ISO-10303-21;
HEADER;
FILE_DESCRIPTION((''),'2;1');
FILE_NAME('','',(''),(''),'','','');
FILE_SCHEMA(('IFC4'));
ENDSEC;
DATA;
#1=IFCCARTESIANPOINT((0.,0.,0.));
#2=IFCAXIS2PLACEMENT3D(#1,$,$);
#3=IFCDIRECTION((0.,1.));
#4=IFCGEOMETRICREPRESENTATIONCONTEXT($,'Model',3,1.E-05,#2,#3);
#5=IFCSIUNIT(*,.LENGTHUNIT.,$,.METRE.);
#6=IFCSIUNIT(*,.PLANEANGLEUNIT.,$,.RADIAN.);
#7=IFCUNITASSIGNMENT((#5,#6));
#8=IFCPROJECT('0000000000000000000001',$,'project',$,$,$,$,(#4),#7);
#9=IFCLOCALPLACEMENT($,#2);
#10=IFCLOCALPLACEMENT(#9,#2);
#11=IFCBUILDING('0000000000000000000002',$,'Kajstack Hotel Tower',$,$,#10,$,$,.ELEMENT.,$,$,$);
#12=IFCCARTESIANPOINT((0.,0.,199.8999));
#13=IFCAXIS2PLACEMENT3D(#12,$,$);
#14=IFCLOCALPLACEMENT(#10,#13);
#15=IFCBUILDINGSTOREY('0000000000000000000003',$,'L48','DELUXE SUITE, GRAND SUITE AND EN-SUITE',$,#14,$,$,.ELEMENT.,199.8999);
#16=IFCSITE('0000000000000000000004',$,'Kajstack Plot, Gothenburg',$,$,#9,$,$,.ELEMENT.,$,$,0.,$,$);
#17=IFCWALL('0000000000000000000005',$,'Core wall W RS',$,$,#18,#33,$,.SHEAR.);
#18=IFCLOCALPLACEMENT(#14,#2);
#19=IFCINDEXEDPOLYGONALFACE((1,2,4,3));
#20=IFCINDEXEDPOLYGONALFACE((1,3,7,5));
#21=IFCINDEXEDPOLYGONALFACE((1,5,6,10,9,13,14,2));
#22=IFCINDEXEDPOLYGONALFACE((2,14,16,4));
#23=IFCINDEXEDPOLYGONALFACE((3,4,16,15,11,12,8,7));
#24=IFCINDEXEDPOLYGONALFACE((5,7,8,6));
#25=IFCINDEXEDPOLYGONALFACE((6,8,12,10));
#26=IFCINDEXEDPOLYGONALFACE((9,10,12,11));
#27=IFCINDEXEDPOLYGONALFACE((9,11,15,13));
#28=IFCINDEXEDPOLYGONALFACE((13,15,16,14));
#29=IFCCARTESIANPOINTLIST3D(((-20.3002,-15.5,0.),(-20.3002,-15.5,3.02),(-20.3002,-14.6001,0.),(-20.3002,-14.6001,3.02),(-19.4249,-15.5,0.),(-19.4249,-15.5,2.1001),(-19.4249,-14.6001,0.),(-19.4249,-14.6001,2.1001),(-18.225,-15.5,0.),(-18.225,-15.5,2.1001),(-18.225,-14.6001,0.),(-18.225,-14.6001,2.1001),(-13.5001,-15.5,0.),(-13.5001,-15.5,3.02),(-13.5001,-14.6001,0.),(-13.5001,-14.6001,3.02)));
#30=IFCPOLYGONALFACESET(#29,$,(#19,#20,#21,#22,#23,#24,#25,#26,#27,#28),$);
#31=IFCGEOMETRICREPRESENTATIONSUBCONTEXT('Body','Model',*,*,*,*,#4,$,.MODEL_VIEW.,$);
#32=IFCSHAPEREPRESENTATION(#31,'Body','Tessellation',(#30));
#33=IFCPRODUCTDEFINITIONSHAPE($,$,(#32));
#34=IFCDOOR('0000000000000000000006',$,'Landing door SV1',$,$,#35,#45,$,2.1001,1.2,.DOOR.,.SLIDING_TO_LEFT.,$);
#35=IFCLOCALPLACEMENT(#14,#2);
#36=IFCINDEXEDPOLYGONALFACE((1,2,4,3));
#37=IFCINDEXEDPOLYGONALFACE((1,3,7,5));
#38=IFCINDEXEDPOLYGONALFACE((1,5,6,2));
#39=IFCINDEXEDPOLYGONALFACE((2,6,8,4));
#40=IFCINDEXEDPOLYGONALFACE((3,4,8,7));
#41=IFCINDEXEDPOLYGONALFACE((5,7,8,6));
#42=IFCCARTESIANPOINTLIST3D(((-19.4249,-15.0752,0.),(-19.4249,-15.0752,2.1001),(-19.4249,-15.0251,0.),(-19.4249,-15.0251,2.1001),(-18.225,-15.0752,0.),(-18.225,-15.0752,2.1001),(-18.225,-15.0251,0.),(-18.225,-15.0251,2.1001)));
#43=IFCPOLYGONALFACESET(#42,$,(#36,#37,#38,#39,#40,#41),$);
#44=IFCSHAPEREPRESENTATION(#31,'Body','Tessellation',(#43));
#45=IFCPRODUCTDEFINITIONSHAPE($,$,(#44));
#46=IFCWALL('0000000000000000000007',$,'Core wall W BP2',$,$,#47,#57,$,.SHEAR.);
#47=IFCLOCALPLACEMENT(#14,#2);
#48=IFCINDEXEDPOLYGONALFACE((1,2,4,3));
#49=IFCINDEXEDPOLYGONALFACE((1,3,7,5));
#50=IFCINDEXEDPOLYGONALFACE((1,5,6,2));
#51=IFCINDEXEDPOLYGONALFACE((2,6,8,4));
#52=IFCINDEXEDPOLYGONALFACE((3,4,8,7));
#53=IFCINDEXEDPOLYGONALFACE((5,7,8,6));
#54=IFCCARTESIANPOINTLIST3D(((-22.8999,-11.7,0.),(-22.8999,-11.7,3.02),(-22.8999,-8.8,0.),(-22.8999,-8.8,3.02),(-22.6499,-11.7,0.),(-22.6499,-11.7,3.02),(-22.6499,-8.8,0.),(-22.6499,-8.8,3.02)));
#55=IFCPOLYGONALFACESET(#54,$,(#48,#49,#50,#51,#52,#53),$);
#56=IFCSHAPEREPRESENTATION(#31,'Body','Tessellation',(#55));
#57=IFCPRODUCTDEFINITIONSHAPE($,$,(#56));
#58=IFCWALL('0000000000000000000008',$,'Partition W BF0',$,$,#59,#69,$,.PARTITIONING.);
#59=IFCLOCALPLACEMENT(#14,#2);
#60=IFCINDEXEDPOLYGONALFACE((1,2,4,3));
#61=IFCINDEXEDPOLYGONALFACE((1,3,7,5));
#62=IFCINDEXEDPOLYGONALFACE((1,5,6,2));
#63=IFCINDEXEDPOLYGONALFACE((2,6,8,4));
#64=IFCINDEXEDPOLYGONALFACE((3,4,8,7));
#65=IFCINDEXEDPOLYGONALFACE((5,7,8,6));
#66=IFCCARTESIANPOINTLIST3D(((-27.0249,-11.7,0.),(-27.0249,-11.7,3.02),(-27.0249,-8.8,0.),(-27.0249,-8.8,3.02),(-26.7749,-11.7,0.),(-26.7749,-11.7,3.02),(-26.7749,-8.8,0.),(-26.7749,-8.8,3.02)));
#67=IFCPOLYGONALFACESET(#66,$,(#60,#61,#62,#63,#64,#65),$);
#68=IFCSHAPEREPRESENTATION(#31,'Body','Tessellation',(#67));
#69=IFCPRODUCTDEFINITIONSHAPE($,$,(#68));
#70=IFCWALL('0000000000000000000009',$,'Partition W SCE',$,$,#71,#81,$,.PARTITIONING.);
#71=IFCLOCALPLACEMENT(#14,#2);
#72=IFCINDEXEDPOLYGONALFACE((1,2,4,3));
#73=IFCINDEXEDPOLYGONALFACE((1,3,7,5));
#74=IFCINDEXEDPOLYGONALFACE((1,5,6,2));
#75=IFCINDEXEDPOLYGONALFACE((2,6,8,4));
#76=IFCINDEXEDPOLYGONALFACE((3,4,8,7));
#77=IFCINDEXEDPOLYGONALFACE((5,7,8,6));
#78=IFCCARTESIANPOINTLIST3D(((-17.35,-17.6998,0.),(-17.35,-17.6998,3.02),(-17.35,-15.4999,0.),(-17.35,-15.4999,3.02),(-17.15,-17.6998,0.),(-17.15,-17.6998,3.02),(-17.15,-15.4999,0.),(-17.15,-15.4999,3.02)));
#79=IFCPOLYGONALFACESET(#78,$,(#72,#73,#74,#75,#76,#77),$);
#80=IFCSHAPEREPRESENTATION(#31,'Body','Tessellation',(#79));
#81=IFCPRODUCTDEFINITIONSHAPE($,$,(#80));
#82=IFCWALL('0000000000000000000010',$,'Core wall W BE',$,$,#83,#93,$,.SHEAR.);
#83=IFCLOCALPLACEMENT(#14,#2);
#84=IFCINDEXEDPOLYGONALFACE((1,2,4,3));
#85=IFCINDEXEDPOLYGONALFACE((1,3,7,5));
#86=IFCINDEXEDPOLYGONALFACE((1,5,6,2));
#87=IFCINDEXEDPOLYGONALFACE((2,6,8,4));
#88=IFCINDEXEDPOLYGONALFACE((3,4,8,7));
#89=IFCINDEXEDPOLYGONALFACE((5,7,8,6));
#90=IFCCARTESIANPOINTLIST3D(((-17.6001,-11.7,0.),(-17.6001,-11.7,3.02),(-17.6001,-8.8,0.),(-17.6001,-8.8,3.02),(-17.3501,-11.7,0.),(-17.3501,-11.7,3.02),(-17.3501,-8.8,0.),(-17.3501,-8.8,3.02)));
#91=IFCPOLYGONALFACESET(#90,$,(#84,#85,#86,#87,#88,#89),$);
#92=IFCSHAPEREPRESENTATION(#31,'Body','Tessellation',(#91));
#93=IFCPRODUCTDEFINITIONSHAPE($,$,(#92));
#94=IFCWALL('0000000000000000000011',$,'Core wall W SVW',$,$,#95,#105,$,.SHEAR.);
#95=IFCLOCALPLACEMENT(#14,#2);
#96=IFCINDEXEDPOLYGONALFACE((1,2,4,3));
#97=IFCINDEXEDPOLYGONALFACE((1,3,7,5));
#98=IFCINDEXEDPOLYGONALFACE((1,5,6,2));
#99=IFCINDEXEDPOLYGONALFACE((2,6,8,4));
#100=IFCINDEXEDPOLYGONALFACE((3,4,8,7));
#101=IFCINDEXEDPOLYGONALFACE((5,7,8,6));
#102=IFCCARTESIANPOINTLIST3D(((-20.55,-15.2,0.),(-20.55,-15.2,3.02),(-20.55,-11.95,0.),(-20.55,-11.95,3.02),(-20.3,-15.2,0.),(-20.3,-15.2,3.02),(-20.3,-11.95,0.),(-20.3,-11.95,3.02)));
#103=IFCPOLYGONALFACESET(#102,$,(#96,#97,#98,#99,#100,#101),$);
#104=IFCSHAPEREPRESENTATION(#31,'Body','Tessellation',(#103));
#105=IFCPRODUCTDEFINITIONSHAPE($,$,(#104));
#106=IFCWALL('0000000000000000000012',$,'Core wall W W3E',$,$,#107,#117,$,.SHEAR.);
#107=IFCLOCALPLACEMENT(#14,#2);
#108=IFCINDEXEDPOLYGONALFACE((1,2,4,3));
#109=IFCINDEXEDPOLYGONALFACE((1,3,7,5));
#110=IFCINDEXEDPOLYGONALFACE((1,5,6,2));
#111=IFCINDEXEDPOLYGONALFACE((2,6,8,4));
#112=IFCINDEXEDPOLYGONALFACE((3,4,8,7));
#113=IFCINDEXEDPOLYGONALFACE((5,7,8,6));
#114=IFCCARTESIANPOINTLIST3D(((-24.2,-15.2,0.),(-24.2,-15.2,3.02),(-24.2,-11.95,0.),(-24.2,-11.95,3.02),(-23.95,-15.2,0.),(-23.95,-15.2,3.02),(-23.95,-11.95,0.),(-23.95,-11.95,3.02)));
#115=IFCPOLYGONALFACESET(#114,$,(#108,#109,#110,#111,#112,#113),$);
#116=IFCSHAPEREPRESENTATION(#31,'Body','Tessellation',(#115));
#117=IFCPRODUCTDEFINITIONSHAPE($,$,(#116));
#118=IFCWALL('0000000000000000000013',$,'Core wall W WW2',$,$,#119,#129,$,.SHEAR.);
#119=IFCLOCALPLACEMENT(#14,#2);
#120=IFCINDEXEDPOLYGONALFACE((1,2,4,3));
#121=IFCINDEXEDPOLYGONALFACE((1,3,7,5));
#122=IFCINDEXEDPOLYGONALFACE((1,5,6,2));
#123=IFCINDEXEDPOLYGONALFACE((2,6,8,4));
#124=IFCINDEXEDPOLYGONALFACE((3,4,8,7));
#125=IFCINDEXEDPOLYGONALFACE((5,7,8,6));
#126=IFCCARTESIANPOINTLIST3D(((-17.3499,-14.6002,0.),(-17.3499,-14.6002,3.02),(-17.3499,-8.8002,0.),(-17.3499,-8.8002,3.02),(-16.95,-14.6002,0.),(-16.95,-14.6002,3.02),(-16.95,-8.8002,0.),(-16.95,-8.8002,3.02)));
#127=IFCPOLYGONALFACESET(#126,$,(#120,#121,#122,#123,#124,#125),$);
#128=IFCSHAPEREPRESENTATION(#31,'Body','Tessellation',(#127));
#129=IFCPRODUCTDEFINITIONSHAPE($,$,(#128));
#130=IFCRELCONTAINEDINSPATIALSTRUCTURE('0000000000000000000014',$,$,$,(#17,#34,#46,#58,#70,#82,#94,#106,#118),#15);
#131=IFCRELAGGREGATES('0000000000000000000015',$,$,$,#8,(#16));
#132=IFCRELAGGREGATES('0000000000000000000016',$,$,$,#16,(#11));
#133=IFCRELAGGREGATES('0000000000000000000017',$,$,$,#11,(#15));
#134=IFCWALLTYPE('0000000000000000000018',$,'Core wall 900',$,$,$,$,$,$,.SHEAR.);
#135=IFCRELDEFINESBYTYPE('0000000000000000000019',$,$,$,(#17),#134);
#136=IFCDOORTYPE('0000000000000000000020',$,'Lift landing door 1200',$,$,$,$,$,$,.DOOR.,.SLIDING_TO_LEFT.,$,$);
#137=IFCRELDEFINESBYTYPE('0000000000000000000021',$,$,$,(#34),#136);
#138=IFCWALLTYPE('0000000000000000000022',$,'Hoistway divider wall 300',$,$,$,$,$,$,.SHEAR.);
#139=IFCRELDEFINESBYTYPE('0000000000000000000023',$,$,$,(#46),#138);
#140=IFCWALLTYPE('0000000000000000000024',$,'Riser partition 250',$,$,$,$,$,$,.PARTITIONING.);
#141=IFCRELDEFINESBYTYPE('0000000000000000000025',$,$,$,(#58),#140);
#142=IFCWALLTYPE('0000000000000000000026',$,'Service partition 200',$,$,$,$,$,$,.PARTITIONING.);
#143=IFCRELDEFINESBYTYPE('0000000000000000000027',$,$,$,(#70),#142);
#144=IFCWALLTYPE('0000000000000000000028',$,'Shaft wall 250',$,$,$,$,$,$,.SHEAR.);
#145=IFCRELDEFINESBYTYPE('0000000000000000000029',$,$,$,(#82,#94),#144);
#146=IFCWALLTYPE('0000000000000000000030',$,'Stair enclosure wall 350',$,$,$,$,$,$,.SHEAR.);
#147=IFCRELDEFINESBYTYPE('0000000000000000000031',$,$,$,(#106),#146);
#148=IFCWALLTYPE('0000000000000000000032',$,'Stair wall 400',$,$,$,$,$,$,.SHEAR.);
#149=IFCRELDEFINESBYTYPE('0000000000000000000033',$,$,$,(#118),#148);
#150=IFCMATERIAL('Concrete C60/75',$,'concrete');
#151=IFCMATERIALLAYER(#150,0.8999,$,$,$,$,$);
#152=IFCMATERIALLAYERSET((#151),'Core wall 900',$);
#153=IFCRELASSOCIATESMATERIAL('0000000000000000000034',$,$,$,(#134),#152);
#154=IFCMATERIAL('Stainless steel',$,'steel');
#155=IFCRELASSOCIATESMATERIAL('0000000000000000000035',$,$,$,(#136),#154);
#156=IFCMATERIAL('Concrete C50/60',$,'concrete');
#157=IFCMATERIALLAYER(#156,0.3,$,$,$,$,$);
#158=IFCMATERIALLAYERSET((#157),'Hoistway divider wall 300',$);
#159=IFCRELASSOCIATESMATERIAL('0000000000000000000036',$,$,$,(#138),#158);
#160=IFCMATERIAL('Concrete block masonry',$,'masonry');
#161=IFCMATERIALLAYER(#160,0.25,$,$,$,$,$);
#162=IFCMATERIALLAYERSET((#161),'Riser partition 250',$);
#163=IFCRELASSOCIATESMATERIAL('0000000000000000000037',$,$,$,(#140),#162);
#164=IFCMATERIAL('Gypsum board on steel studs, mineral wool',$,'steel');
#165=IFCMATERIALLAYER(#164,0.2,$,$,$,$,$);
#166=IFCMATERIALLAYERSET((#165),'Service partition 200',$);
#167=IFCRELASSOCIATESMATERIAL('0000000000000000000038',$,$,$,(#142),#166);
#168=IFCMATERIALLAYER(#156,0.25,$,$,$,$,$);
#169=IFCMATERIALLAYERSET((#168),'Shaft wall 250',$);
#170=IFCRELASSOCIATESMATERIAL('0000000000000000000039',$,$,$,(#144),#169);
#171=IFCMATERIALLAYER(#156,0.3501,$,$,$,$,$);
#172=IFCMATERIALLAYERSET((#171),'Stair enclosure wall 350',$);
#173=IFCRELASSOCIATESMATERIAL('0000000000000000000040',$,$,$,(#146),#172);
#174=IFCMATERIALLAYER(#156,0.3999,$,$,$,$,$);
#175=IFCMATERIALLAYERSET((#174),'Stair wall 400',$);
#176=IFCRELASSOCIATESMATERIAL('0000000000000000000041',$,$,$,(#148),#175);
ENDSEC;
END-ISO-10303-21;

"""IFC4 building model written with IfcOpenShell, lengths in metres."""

from ifc_helpers import new_model, si_unit, direction, frame, frame_2d, origin, place, context, subcontext, project, spatial, rectangle, extrude, material, layer, layer_set, type_object, element, fill, save


model = new_model("IFC4")

# Units and contexts
model_context = context("Model", 3, precision=1e-05, world=origin(), true_north=direction((0.0, 1.0)))
body_context = subcontext(model_context, "Body", "Model", "MODEL_VIEW")
ifc_project = project(units=[si_unit("LENGTHUNIT", "METRE"), si_unit("PLANEANGLEUNIT", "RADIAN")], contexts=[model_context])

# Site, building, storey
site_placement = place(None, origin())
site = spatial("IfcSite", under=ifc_project, at=site_placement, Name="Kajstack Plot, Gothenburg", CompositionType="ELEMENT", RefElevation=0.0)
building_placement = place(site_placement, origin())
building = spatial("IfcBuilding", under=site, at=building_placement, Name="Kajstack Hotel Tower", CompositionType="ELEMENT")
storey_placement = place(building_placement, frame((0.0, 0.0, 199.8999)))
storey = spatial("IfcBuildingStorey", under=building, at=storey_placement, Name="L48", Description="DELUXE SUITE, GRAND SUITE AND EN-SUITE", CompositionType="ELEMENT", Elevation=199.8999)

# Wall, opening, door
ifc_material_1 = material(Name="Concrete C60/75", Category="concrete")
ifc_layer_1 = layer(ifc_material_1, 0.8999)
ifc_layer_set_1 = layer_set([ifc_layer_1], Name="Core wall 900")
wall_type_1 = type_object("IfcWallType", Name="Core wall 900", PredefinedType="SHEAR", material=ifc_layer_set_1)
wall_1_placement = place(storey_placement, frame((-20.3, -15.05, 0.0), z_axis=(0.0, 0.0, 1.0), x_axis=(1.0, 0.0, 0.0)))
wall_1 = element("IfcWall", 1, at=wall_1_placement, inside=storey, type_object=wall_type_1, Name="Core wall W RS", PredefinedType="SHEAR", context=body_context, shape_type="SweptSolid", body=[
    extrude(rectangle(XDim=6.8, YDim=0.8999, at=frame_2d((3.3999, 0.0))), origin(), (0.0, 0.0, 1.0), 3.02),
])
opening_placement = place(wall_1_placement, frame((0.875, 0.0, 0.0)))
opening = element("IfcOpeningElement", 2, at=opening_placement, cuts=wall_1, PredefinedType="OPENING", context=body_context, shape_type="SweptSolid", body=[
    extrude(rectangle(XDim=1.2, YDim=2.1001, at=frame_2d((0.6001, 1.05))), frame((0.0, 0.46, 0.0), z_axis=(0.0, -1.0, 0.0), x_axis=(1.0, 0.0, 0.0)), (0.0, 0.0, 1.0), 0.9199),
])
ifc_material_2 = material(Name="Stainless steel", Category="steel")
door_type = type_object("IfcDoorType", Name="Lift landing door 1200", OperationType="SLIDING_TO_LEFT", PredefinedType="DOOR", material=ifc_material_2)
door_placement = place(opening_placement, origin())
door = element("IfcDoor", 3, at=door_placement, inside=storey, type_object=door_type, Name="Landing door SV1", OperationType="SLIDING_TO_LEFT", OverallHeight=2.1001, OverallWidth=1.2, PredefinedType="DOOR", context=body_context, shape_type="SweptSolid", body=[
    extrude(rectangle(XDim=1.2, YDim=2.1001, at=frame_2d((0.6001, 1.05))), frame((0.0, 0.0249, 0.0), z_axis=(0.0, -1.0, 0.0), x_axis=(1.0, 0.0, 0.0)), (0.0, 0.0, 1.0), 0.05),
])
fill(opening, door)

# Walls
ifc_material_3 = material(Name="Concrete C50/60", Category="concrete")
ifc_layer_2 = layer(ifc_material_3, 0.3)
ifc_layer_set_2 = layer_set([ifc_layer_2], Name="Hoistway divider wall 300")
wall_type_2 = type_object("IfcWallType", Name="Hoistway divider wall 300", PredefinedType="SHEAR", material=ifc_layer_set_2)
wall_2_placement = place(storey_placement, frame((-22.7749, -11.7, 0.0), z_axis=(0.0, 0.0, 1.0), x_axis=(0.0, 1.0, 0.0)))
element("IfcWall", 4, at=wall_2_placement, inside=storey, type_object=wall_type_2, Name="Core wall W BP2", PredefinedType="SHEAR", context=body_context, shape_type="SweptSolid", body=[
    extrude(rectangle(XDim=2.8999, YDim=0.25, at=frame_2d((1.45, 0.0))), origin(), (0.0, 0.0, 1.0), 3.02),
])
ifc_material_4 = material(Name="Concrete block masonry", Category="masonry")
ifc_layer_3 = layer(ifc_material_4, 0.25)
ifc_layer_set_3 = layer_set([ifc_layer_3], Name="Riser partition 250")
wall_type_3 = type_object("IfcWallType", Name="Riser partition 250", PredefinedType="PARTITIONING", material=ifc_layer_set_3)
wall_3_placement = place(storey_placement, frame((-26.8999, -11.7, 0.0), z_axis=(0.0, 0.0, 1.0), x_axis=(0.0, 1.0, 0.0)))
element("IfcWall", 5, at=wall_3_placement, inside=storey, type_object=wall_type_3, Name="Partition W BF0", PredefinedType="PARTITIONING", context=body_context, shape_type="SweptSolid", body=[
    extrude(rectangle(XDim=2.8999, YDim=0.25, at=frame_2d((1.45, 0.0))), origin(), (0.0, 0.0, 1.0), 3.02),
])
ifc_material_5 = material(Name="Gypsum board on steel studs, mineral wool", Category="steel")
ifc_layer_4 = layer(ifc_material_5, 0.2)
ifc_layer_set_4 = layer_set([ifc_layer_4], Name="Service partition 200")
wall_type_4 = type_object("IfcWallType", Name="Service partition 200", PredefinedType="PARTITIONING", material=ifc_layer_set_4)
wall_4_placement = place(storey_placement, frame((-17.25, -17.7, 0.0), z_axis=(0.0, 0.0, 1.0), x_axis=(0.0, 1.0, 0.0)))
element("IfcWall", 6, at=wall_4_placement, inside=storey, type_object=wall_type_4, Name="Partition W SCE", PredefinedType="PARTITIONING", context=body_context, shape_type="SweptSolid", body=[
    extrude(rectangle(XDim=2.2, YDim=0.2, at=frame_2d((1.1001, 0.0))), origin(), (0.0, 0.0, 1.0), 3.02),
])
ifc_layer_5 = layer(ifc_material_3, 0.25)
ifc_layer_set_5 = layer_set([ifc_layer_5], Name="Shaft wall 250")
wall_type_5 = type_object("IfcWallType", Name="Shaft wall 250", PredefinedType="SHEAR", material=ifc_layer_set_5)
wall_5_placement = place(storey_placement, frame((-17.4751, -11.7, 0.0), z_axis=(0.0, 0.0, 1.0), x_axis=(0.0, 1.0, 0.0)))
element("IfcWall", 7, at=wall_5_placement, inside=storey, type_object=wall_type_5, Name="Core wall W BE", PredefinedType="SHEAR", context=body_context, shape_type="SweptSolid", body=[
    extrude(rectangle(XDim=2.8999, YDim=0.25, at=frame_2d((1.45, 0.0))), origin(), (0.0, 0.0, 1.0), 3.02),
])
wall_6_placement = place(storey_placement, frame((-20.425, -15.2, 0.0), z_axis=(0.0, 0.0, 1.0), x_axis=(0.0, 1.0, 0.0)))
element("IfcWall", 8, at=wall_6_placement, inside=storey, type_object=wall_type_5, Name="Core wall W SVW", PredefinedType="SHEAR", context=body_context, shape_type="SweptSolid", body=[
    extrude(rectangle(XDim=3.25, YDim=0.25, at=frame_2d((1.625, 0.0))), origin(), (0.0, 0.0, 1.0), 3.02),
])
ifc_layer_6 = layer(ifc_material_3, 0.3501)
ifc_layer_set_6 = layer_set([ifc_layer_6], Name="Stair enclosure wall 350")
wall_type_6 = type_object("IfcWallType", Name="Stair enclosure wall 350", PredefinedType="SHEAR", material=ifc_layer_set_6)
wall_7_placement = place(storey_placement, frame((-24.075, -15.2, 0.0), z_axis=(0.0, 0.0, 1.0), x_axis=(0.0, 1.0, 0.0)))
element("IfcWall", 9, at=wall_7_placement, inside=storey, type_object=wall_type_6, Name="Core wall W W3E", PredefinedType="SHEAR", context=body_context, shape_type="SweptSolid", body=[
    extrude(rectangle(XDim=3.25, YDim=0.25, at=frame_2d((1.625, 0.0))), origin(), (0.0, 0.0, 1.0), 3.02),
])
ifc_layer_7 = layer(ifc_material_3, 0.3999)
ifc_layer_set_7 = layer_set([ifc_layer_7], Name="Stair wall 400")
wall_type_7 = type_object("IfcWallType", Name="Stair wall 400", PredefinedType="SHEAR", material=ifc_layer_set_7)
wall_8_placement = place(storey_placement, frame((-17.1499, -14.6001, 0.0), z_axis=(0.0, 0.0, 1.0), x_axis=(0.0, 1.0, 0.0)))
element("IfcWall", 10, at=wall_8_placement, inside=storey, type_object=wall_type_7, Name="Core wall W WW2", PredefinedType="SHEAR", context=body_context, shape_type="SweptSolid", body=[
    extrude(rectangle(XDim=5.8, YDim=0.3999, at=frame_2d((2.8999, 0.0))), origin(), (0.0, 0.0, 1.0), 3.02),
])

save(model, "model.ifc")
